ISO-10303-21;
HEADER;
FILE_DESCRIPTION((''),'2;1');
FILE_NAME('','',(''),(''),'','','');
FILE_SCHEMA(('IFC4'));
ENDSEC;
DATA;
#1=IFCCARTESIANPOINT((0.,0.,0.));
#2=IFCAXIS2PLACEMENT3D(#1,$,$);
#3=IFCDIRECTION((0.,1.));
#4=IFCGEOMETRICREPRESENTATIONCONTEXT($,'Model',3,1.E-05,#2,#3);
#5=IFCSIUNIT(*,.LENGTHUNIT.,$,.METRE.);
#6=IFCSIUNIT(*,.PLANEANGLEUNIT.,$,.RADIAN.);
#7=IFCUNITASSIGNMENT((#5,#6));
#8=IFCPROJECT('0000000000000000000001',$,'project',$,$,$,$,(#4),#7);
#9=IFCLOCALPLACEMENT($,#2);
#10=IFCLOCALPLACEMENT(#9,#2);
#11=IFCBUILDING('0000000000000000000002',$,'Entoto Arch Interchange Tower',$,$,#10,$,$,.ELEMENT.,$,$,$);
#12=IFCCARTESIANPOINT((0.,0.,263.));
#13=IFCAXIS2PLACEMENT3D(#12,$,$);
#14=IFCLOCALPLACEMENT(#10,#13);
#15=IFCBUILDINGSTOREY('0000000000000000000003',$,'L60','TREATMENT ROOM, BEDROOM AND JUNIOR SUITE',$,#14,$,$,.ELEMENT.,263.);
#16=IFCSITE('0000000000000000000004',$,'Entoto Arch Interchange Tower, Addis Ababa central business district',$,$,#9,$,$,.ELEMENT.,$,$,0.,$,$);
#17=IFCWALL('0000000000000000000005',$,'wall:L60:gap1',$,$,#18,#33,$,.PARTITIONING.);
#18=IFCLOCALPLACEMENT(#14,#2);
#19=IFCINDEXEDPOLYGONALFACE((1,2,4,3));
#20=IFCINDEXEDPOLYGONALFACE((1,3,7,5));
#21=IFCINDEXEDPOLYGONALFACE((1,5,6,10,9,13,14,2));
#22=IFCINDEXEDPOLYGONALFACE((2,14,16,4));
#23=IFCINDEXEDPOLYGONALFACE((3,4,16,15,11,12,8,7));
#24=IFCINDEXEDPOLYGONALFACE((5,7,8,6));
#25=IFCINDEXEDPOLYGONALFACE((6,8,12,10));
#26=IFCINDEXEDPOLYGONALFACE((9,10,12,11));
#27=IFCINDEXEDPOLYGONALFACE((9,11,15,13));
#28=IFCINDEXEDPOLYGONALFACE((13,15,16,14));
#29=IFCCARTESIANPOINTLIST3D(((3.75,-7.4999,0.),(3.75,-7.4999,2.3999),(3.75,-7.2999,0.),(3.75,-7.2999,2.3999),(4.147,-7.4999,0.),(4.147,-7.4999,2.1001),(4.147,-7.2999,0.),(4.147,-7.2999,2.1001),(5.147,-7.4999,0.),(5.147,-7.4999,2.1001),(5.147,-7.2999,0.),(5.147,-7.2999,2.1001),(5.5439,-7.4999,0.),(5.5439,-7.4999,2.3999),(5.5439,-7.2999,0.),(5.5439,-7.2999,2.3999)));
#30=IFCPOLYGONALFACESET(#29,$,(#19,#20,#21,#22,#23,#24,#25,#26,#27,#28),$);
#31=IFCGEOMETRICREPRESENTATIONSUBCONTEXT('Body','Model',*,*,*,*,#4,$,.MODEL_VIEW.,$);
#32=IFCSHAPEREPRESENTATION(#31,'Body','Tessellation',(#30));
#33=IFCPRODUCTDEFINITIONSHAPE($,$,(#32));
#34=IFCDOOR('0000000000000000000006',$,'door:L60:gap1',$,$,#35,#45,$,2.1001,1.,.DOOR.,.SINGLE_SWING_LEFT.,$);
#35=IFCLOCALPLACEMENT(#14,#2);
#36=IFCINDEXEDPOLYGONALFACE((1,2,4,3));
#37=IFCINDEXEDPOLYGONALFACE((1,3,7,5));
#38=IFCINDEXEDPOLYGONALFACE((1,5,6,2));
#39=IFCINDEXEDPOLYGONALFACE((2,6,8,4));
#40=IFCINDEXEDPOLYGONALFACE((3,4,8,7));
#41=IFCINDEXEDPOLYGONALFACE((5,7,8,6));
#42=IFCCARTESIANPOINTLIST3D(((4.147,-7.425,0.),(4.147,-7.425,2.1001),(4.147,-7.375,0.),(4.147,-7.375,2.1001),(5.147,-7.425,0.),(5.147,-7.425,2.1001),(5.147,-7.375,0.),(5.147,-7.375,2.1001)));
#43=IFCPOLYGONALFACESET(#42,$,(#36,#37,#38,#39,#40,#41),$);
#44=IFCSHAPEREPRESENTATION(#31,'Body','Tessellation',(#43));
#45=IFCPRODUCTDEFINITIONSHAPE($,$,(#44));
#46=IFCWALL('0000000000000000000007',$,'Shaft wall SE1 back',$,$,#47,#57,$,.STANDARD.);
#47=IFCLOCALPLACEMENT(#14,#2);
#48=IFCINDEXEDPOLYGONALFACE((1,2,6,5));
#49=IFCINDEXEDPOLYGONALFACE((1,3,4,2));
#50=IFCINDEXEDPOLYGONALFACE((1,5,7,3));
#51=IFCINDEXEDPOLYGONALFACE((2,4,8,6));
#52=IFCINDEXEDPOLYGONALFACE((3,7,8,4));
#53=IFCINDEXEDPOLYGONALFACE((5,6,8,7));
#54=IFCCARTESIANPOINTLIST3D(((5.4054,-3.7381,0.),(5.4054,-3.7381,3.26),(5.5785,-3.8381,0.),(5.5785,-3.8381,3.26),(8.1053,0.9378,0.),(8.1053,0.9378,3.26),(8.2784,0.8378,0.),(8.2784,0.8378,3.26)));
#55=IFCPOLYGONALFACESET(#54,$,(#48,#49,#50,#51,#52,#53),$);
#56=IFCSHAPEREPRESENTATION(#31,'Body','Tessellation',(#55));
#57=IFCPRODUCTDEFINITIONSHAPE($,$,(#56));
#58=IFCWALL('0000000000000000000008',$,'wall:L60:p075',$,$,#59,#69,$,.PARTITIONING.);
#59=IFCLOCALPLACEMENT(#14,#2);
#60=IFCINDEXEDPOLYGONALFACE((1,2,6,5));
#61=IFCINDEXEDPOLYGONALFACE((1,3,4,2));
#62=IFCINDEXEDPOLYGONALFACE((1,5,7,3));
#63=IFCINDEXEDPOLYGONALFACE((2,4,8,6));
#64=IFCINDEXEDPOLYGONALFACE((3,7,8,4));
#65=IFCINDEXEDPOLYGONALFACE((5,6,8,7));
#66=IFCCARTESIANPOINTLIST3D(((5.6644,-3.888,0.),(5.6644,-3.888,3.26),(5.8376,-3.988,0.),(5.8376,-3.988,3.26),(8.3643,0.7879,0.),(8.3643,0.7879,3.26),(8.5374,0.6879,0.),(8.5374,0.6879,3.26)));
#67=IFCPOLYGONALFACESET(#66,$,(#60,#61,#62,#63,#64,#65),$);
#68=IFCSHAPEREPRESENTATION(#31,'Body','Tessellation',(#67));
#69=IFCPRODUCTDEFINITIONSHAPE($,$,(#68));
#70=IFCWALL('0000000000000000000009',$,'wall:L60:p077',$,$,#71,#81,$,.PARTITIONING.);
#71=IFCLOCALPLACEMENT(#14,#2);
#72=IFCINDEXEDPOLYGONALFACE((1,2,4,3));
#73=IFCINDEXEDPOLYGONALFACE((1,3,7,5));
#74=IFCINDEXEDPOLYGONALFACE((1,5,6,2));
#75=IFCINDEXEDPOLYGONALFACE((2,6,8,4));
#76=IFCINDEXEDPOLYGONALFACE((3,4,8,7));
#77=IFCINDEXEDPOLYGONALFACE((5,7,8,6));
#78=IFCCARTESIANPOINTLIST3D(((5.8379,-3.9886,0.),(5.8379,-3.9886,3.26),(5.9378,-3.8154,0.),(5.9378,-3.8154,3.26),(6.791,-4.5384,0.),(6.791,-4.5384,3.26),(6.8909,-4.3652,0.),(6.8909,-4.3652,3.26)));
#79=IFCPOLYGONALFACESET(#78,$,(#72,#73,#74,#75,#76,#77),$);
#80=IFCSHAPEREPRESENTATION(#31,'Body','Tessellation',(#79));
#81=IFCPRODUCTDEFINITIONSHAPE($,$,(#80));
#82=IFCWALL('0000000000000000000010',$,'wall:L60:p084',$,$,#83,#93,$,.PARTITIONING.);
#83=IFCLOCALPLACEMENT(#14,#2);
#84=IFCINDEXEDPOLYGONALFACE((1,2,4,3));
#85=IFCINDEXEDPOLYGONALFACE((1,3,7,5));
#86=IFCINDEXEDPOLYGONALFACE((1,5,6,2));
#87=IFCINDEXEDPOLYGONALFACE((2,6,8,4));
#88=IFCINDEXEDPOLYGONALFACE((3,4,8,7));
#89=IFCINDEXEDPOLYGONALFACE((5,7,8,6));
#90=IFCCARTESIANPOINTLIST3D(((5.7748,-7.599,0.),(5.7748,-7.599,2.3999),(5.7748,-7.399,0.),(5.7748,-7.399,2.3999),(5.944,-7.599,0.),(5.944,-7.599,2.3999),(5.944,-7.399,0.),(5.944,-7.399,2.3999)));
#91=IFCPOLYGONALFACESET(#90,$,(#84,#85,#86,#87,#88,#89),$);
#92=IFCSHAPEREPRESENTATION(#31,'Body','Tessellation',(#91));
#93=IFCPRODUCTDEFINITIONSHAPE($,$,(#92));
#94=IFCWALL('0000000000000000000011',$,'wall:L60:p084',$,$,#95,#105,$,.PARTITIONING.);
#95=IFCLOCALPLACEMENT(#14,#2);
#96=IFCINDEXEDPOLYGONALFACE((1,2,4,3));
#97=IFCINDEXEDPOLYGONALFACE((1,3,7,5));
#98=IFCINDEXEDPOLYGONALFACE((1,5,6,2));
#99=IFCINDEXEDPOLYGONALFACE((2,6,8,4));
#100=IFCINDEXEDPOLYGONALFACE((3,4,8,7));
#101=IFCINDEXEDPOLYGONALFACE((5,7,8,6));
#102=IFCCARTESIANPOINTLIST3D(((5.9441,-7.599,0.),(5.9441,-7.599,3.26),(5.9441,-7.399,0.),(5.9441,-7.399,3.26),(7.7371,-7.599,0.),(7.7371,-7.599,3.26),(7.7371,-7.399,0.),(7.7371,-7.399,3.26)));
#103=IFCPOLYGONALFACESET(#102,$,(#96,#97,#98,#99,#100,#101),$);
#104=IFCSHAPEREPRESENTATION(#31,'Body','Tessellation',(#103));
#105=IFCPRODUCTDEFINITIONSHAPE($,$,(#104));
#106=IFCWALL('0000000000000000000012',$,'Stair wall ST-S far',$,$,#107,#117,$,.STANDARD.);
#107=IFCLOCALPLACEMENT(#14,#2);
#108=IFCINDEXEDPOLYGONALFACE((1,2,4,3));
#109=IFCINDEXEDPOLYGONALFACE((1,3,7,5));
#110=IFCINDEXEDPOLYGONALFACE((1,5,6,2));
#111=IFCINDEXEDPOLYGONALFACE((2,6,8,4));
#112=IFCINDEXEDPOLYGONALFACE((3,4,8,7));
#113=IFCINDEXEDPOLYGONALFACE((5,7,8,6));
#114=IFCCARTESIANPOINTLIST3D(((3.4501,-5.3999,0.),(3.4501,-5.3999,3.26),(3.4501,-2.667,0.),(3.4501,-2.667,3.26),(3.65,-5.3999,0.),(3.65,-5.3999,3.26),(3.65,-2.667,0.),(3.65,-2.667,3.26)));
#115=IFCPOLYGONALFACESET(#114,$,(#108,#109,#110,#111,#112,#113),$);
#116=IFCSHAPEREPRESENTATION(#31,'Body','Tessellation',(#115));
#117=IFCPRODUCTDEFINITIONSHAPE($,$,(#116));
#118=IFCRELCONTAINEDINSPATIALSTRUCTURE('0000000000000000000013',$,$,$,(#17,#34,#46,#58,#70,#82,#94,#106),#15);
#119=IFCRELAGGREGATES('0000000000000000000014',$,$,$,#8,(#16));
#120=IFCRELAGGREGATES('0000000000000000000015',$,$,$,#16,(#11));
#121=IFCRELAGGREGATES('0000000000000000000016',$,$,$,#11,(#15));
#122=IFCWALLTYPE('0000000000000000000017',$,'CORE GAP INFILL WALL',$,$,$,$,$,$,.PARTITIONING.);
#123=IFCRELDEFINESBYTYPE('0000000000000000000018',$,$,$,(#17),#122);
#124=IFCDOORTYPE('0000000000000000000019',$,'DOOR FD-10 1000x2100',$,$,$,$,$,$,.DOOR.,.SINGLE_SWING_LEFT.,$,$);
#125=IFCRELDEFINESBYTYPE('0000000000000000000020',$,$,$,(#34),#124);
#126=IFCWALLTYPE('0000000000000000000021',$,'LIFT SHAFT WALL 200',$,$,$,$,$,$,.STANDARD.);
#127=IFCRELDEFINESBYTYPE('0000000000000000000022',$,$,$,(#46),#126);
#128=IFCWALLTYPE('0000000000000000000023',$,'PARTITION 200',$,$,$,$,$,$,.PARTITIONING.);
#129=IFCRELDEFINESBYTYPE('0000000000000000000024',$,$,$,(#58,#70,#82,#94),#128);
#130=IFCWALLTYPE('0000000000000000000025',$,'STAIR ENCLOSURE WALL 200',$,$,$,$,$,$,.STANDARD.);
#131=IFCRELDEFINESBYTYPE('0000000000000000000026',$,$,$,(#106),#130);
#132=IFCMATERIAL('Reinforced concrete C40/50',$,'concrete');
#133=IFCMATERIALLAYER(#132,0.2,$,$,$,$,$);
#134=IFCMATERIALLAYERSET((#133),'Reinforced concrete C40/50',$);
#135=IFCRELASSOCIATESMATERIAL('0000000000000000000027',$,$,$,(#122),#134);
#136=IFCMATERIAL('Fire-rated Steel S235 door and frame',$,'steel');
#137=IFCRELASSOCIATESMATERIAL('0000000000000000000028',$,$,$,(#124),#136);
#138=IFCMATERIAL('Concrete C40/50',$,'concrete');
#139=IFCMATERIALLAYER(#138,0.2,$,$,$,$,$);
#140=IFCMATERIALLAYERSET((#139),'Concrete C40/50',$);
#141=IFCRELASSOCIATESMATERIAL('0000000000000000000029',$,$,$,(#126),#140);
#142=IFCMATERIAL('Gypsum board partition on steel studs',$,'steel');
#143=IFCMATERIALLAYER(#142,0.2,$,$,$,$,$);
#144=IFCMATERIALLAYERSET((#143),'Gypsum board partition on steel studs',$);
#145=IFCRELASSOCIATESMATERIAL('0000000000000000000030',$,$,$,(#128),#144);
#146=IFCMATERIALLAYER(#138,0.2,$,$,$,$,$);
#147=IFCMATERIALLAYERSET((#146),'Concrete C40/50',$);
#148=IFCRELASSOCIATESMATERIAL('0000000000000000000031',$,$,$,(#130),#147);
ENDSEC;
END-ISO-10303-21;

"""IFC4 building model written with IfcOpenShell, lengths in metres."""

from ifc_helpers import new_model, si_unit, direction, frame, frame_2d, origin, place, context, subcontext, project, spatial, rectangle, extrude, material, layer, layer_set, type_object, element, fill, save


model = new_model("IFC4")

# Units and contexts
model_context = context("Model", 3, precision=1e-05, world=origin(), true_north=direction((0.0, 1.0)))
body_context = subcontext(model_context, "Body", "Model", "MODEL_VIEW")
ifc_project = project(units=[si_unit("LENGTHUNIT", "METRE"), si_unit("PLANEANGLEUNIT", "RADIAN")], contexts=[model_context])

# Site, building, storey
site_placement = place(None, origin())
site = spatial("IfcSite", under=ifc_project, at=site_placement, Name="Entoto Arch Interchange Tower, Addis Ababa central business district", CompositionType="ELEMENT", RefElevation=0.0)
building_placement = place(site_placement, origin())
building = spatial("IfcBuilding", under=site, at=building_placement, Name="Entoto Arch Interchange Tower", CompositionType="ELEMENT")
storey_placement = place(building_placement, frame((0.0, 0.0, 263.0)))
storey = spatial("IfcBuildingStorey", under=building, at=storey_placement, Name="L60", Description="TREATMENT ROOM, BEDROOM AND JUNIOR SUITE", CompositionType="ELEMENT", Elevation=263.0)

# Shared definitions
ifc_material_1 = material(Name="Concrete C40/50", Category="concrete")

# Wall, opening, door
ifc_material_2 = material(Name="Reinforced concrete C40/50", Category="concrete")
ifc_layer_1 = layer(ifc_material_2, 0.2)
ifc_layer_set_1 = layer_set([ifc_layer_1], Name="Reinforced concrete C40/50")
wall_type_1 = type_object("IfcWallType", Name="CORE GAP INFILL WALL", PredefinedType="PARTITIONING", material=ifc_layer_set_1)
wall_1_placement = place(storey_placement, frame((3.75, -7.3999, 0.0), z_axis=(0.0, 0.0, 1.0), x_axis=(1.0, 0.0, 0.0)))
wall_1 = element("IfcWall", 1, at=wall_1_placement, inside=storey, type_object=wall_type_1, Name="wall:L60:gap1", PredefinedType="PARTITIONING", context=body_context, shape_type="SweptSolid", body=[
    extrude(rectangle(XDim=1.7939, YDim=0.2, at=frame_2d((0.897, 0.0))), origin(), (0.0, 0.0, 1.0), 2.3999),
])
opening_placement = place(wall_1_placement, frame((0.397, 0.0, 0.0)))
opening = element("IfcOpeningElement", 2, at=opening_placement, cuts=wall_1, PredefinedType="OPENING", context=body_context, shape_type="SweptSolid", body=[
    extrude(rectangle(XDim=1.0, YDim=2.1001, at=frame_2d((0.5, 1.05))), frame((0.0, 0.1099, 0.0), z_axis=(0.0, -1.0, 0.0), x_axis=(1.0, 0.0, 0.0)), (0.0, 0.0, 1.0), 0.22),
])
ifc_material_3 = material(Name="Fire-rated Steel S235 door and frame", Category="steel")
door_type = type_object("IfcDoorType", Name="DOOR FD-10 1000x2100", OperationType="SINGLE_SWING_LEFT", PredefinedType="DOOR", material=ifc_material_3)
door_placement = place(opening_placement, origin())
door = element("IfcDoor", 3, at=door_placement, inside=storey, type_object=door_type, Name="door:L60:gap1", OperationType="SINGLE_SWING_LEFT", OverallHeight=2.1001, OverallWidth=1.0, PredefinedType="DOOR", context=body_context, shape_type="SweptSolid", body=[
    extrude(rectangle(XDim=1.0, YDim=2.1001, at=frame_2d((0.5, 1.05))), frame((0.0, 0.0249, 0.0), z_axis=(0.0, -1.0, 0.0), x_axis=(1.0, 0.0, 0.0)), (0.0, 0.0, 1.0), 0.05),
])
fill(opening, door)

# Walls
ifc_layer_2 = layer(ifc_material_1, 0.2)
ifc_layer_set_2 = layer_set([ifc_layer_2], Name="Concrete C40/50")
wall_type_2 = type_object("IfcWallType", Name="LIFT SHAFT WALL 200", PredefinedType="STANDARD", material=ifc_layer_set_2)
wall_2_placement = place(storey_placement, frame((5.4919, -3.7881, 0.0), z_axis=(0.0, 0.0, 1.0), x_axis=(0.500034, 0.866006, 0.0)))
element("IfcWall", 4, at=wall_2_placement, inside=storey, type_object=wall_type_2, Name="Shaft wall SE1 back", PredefinedType="STANDARD", context=body_context, shape_type="SweptSolid", body=[
    extrude(rectangle(XDim=5.3994, YDim=0.2, at=frame_2d((2.6997, 0.0))), origin(), (0.0, 0.0, 1.0), 3.26),
])
ifc_material_4 = material(Name="Gypsum board partition on steel studs", Category="steel")
ifc_layer_3 = layer(ifc_material_4, 0.2)
ifc_layer_set_3 = layer_set([ifc_layer_3], Name="Gypsum board partition on steel studs")
wall_type_3 = type_object("IfcWallType", Name="PARTITION 200", PredefinedType="PARTITIONING", material=ifc_layer_set_3)
wall_3_placement = place(storey_placement, frame((5.751, -3.938, 0.0), z_axis=(0.0, 0.0, 1.0), x_axis=(0.500034, 0.866006, 0.0)))
element("IfcWall", 5, at=wall_3_placement, inside=storey, type_object=wall_type_3, Name="wall:L60:p075", PredefinedType="PARTITIONING", context=body_context, shape_type="SweptSolid", body=[
    extrude(rectangle(XDim=5.3994, YDim=0.2, at=frame_2d((2.6997, 0.0))), origin(), (0.0, 0.0, 1.0), 3.26),
])
wall_4_placement = place(storey_placement, frame((6.8411, -4.4519, 0.0), z_axis=(0.0, 0.0, 1.0), x_axis=(-0.866215, 0.499671, 0.0)))
element("IfcWall", 6, at=wall_4_placement, inside=storey, type_object=wall_type_3, Name="wall:L60:p077", PredefinedType="PARTITIONING", context=body_context, shape_type="SweptSolid", body=[
    extrude(rectangle(XDim=1.1003, YDim=0.2, at=frame_2d((0.5503, 0.0))), origin(), (0.0, 0.0, 1.0), 3.26),
])
wall_5_placement = place(storey_placement, frame((5.7749, -7.499, 0.0), z_axis=(0.0, 0.0, 1.0), x_axis=(1.0, 0.0, 0.0)))
element("IfcWall", 7, at=wall_5_placement, inside=storey, type_object=wall_type_3, Name="wall:L60:p084", PredefinedType="PARTITIONING", context=body_context, shape_type="SweptSolid", body=[
    extrude(rectangle(XDim=0.1692, YDim=0.2, at=frame_2d((0.0845, 0.0))), origin(), (0.0, 0.0, 1.0), 2.3999),
])
wall_6_placement = place(storey_placement, frame((5.9441, -7.499, 0.0), z_axis=(0.0, 0.0, 1.0), x_axis=(1.0, 0.0, 0.0)))
element("IfcWall", 8, at=wall_6_placement, inside=storey, type_object=wall_type_3, Name="wall:L60:p084", PredefinedType="PARTITIONING", context=body_context, shape_type="SweptSolid", body=[
    extrude(rectangle(XDim=1.793, YDim=0.2, at=frame_2d((0.8965, 0.0))), origin(), (0.0, 0.0, 1.0), 3.26),
])
ifc_layer_4 = layer(ifc_material_1, 0.2)
ifc_layer_set_4 = layer_set([ifc_layer_4], Name="Concrete C40/50")
wall_type_4 = type_object("IfcWallType", Name="STAIR ENCLOSURE WALL 200", PredefinedType="STANDARD", material=ifc_layer_set_4)
wall_7_placement = place(storey_placement, frame((3.55, -2.667, 0.0), z_axis=(0.0, 0.0, 1.0), x_axis=(0.0, -1.0, 0.0)))
element("IfcWall", 9, at=wall_7_placement, inside=storey, type_object=wall_type_4, Name="Stair wall ST-S far", PredefinedType="STANDARD", context=body_context, shape_type="SweptSolid", body=[
    extrude(rectangle(XDim=2.7329, YDim=0.2, at=frame_2d((1.3665, 0.0))), origin(), (0.0, 0.0, 1.0), 3.26),
])

save(model, "model.ifc")
